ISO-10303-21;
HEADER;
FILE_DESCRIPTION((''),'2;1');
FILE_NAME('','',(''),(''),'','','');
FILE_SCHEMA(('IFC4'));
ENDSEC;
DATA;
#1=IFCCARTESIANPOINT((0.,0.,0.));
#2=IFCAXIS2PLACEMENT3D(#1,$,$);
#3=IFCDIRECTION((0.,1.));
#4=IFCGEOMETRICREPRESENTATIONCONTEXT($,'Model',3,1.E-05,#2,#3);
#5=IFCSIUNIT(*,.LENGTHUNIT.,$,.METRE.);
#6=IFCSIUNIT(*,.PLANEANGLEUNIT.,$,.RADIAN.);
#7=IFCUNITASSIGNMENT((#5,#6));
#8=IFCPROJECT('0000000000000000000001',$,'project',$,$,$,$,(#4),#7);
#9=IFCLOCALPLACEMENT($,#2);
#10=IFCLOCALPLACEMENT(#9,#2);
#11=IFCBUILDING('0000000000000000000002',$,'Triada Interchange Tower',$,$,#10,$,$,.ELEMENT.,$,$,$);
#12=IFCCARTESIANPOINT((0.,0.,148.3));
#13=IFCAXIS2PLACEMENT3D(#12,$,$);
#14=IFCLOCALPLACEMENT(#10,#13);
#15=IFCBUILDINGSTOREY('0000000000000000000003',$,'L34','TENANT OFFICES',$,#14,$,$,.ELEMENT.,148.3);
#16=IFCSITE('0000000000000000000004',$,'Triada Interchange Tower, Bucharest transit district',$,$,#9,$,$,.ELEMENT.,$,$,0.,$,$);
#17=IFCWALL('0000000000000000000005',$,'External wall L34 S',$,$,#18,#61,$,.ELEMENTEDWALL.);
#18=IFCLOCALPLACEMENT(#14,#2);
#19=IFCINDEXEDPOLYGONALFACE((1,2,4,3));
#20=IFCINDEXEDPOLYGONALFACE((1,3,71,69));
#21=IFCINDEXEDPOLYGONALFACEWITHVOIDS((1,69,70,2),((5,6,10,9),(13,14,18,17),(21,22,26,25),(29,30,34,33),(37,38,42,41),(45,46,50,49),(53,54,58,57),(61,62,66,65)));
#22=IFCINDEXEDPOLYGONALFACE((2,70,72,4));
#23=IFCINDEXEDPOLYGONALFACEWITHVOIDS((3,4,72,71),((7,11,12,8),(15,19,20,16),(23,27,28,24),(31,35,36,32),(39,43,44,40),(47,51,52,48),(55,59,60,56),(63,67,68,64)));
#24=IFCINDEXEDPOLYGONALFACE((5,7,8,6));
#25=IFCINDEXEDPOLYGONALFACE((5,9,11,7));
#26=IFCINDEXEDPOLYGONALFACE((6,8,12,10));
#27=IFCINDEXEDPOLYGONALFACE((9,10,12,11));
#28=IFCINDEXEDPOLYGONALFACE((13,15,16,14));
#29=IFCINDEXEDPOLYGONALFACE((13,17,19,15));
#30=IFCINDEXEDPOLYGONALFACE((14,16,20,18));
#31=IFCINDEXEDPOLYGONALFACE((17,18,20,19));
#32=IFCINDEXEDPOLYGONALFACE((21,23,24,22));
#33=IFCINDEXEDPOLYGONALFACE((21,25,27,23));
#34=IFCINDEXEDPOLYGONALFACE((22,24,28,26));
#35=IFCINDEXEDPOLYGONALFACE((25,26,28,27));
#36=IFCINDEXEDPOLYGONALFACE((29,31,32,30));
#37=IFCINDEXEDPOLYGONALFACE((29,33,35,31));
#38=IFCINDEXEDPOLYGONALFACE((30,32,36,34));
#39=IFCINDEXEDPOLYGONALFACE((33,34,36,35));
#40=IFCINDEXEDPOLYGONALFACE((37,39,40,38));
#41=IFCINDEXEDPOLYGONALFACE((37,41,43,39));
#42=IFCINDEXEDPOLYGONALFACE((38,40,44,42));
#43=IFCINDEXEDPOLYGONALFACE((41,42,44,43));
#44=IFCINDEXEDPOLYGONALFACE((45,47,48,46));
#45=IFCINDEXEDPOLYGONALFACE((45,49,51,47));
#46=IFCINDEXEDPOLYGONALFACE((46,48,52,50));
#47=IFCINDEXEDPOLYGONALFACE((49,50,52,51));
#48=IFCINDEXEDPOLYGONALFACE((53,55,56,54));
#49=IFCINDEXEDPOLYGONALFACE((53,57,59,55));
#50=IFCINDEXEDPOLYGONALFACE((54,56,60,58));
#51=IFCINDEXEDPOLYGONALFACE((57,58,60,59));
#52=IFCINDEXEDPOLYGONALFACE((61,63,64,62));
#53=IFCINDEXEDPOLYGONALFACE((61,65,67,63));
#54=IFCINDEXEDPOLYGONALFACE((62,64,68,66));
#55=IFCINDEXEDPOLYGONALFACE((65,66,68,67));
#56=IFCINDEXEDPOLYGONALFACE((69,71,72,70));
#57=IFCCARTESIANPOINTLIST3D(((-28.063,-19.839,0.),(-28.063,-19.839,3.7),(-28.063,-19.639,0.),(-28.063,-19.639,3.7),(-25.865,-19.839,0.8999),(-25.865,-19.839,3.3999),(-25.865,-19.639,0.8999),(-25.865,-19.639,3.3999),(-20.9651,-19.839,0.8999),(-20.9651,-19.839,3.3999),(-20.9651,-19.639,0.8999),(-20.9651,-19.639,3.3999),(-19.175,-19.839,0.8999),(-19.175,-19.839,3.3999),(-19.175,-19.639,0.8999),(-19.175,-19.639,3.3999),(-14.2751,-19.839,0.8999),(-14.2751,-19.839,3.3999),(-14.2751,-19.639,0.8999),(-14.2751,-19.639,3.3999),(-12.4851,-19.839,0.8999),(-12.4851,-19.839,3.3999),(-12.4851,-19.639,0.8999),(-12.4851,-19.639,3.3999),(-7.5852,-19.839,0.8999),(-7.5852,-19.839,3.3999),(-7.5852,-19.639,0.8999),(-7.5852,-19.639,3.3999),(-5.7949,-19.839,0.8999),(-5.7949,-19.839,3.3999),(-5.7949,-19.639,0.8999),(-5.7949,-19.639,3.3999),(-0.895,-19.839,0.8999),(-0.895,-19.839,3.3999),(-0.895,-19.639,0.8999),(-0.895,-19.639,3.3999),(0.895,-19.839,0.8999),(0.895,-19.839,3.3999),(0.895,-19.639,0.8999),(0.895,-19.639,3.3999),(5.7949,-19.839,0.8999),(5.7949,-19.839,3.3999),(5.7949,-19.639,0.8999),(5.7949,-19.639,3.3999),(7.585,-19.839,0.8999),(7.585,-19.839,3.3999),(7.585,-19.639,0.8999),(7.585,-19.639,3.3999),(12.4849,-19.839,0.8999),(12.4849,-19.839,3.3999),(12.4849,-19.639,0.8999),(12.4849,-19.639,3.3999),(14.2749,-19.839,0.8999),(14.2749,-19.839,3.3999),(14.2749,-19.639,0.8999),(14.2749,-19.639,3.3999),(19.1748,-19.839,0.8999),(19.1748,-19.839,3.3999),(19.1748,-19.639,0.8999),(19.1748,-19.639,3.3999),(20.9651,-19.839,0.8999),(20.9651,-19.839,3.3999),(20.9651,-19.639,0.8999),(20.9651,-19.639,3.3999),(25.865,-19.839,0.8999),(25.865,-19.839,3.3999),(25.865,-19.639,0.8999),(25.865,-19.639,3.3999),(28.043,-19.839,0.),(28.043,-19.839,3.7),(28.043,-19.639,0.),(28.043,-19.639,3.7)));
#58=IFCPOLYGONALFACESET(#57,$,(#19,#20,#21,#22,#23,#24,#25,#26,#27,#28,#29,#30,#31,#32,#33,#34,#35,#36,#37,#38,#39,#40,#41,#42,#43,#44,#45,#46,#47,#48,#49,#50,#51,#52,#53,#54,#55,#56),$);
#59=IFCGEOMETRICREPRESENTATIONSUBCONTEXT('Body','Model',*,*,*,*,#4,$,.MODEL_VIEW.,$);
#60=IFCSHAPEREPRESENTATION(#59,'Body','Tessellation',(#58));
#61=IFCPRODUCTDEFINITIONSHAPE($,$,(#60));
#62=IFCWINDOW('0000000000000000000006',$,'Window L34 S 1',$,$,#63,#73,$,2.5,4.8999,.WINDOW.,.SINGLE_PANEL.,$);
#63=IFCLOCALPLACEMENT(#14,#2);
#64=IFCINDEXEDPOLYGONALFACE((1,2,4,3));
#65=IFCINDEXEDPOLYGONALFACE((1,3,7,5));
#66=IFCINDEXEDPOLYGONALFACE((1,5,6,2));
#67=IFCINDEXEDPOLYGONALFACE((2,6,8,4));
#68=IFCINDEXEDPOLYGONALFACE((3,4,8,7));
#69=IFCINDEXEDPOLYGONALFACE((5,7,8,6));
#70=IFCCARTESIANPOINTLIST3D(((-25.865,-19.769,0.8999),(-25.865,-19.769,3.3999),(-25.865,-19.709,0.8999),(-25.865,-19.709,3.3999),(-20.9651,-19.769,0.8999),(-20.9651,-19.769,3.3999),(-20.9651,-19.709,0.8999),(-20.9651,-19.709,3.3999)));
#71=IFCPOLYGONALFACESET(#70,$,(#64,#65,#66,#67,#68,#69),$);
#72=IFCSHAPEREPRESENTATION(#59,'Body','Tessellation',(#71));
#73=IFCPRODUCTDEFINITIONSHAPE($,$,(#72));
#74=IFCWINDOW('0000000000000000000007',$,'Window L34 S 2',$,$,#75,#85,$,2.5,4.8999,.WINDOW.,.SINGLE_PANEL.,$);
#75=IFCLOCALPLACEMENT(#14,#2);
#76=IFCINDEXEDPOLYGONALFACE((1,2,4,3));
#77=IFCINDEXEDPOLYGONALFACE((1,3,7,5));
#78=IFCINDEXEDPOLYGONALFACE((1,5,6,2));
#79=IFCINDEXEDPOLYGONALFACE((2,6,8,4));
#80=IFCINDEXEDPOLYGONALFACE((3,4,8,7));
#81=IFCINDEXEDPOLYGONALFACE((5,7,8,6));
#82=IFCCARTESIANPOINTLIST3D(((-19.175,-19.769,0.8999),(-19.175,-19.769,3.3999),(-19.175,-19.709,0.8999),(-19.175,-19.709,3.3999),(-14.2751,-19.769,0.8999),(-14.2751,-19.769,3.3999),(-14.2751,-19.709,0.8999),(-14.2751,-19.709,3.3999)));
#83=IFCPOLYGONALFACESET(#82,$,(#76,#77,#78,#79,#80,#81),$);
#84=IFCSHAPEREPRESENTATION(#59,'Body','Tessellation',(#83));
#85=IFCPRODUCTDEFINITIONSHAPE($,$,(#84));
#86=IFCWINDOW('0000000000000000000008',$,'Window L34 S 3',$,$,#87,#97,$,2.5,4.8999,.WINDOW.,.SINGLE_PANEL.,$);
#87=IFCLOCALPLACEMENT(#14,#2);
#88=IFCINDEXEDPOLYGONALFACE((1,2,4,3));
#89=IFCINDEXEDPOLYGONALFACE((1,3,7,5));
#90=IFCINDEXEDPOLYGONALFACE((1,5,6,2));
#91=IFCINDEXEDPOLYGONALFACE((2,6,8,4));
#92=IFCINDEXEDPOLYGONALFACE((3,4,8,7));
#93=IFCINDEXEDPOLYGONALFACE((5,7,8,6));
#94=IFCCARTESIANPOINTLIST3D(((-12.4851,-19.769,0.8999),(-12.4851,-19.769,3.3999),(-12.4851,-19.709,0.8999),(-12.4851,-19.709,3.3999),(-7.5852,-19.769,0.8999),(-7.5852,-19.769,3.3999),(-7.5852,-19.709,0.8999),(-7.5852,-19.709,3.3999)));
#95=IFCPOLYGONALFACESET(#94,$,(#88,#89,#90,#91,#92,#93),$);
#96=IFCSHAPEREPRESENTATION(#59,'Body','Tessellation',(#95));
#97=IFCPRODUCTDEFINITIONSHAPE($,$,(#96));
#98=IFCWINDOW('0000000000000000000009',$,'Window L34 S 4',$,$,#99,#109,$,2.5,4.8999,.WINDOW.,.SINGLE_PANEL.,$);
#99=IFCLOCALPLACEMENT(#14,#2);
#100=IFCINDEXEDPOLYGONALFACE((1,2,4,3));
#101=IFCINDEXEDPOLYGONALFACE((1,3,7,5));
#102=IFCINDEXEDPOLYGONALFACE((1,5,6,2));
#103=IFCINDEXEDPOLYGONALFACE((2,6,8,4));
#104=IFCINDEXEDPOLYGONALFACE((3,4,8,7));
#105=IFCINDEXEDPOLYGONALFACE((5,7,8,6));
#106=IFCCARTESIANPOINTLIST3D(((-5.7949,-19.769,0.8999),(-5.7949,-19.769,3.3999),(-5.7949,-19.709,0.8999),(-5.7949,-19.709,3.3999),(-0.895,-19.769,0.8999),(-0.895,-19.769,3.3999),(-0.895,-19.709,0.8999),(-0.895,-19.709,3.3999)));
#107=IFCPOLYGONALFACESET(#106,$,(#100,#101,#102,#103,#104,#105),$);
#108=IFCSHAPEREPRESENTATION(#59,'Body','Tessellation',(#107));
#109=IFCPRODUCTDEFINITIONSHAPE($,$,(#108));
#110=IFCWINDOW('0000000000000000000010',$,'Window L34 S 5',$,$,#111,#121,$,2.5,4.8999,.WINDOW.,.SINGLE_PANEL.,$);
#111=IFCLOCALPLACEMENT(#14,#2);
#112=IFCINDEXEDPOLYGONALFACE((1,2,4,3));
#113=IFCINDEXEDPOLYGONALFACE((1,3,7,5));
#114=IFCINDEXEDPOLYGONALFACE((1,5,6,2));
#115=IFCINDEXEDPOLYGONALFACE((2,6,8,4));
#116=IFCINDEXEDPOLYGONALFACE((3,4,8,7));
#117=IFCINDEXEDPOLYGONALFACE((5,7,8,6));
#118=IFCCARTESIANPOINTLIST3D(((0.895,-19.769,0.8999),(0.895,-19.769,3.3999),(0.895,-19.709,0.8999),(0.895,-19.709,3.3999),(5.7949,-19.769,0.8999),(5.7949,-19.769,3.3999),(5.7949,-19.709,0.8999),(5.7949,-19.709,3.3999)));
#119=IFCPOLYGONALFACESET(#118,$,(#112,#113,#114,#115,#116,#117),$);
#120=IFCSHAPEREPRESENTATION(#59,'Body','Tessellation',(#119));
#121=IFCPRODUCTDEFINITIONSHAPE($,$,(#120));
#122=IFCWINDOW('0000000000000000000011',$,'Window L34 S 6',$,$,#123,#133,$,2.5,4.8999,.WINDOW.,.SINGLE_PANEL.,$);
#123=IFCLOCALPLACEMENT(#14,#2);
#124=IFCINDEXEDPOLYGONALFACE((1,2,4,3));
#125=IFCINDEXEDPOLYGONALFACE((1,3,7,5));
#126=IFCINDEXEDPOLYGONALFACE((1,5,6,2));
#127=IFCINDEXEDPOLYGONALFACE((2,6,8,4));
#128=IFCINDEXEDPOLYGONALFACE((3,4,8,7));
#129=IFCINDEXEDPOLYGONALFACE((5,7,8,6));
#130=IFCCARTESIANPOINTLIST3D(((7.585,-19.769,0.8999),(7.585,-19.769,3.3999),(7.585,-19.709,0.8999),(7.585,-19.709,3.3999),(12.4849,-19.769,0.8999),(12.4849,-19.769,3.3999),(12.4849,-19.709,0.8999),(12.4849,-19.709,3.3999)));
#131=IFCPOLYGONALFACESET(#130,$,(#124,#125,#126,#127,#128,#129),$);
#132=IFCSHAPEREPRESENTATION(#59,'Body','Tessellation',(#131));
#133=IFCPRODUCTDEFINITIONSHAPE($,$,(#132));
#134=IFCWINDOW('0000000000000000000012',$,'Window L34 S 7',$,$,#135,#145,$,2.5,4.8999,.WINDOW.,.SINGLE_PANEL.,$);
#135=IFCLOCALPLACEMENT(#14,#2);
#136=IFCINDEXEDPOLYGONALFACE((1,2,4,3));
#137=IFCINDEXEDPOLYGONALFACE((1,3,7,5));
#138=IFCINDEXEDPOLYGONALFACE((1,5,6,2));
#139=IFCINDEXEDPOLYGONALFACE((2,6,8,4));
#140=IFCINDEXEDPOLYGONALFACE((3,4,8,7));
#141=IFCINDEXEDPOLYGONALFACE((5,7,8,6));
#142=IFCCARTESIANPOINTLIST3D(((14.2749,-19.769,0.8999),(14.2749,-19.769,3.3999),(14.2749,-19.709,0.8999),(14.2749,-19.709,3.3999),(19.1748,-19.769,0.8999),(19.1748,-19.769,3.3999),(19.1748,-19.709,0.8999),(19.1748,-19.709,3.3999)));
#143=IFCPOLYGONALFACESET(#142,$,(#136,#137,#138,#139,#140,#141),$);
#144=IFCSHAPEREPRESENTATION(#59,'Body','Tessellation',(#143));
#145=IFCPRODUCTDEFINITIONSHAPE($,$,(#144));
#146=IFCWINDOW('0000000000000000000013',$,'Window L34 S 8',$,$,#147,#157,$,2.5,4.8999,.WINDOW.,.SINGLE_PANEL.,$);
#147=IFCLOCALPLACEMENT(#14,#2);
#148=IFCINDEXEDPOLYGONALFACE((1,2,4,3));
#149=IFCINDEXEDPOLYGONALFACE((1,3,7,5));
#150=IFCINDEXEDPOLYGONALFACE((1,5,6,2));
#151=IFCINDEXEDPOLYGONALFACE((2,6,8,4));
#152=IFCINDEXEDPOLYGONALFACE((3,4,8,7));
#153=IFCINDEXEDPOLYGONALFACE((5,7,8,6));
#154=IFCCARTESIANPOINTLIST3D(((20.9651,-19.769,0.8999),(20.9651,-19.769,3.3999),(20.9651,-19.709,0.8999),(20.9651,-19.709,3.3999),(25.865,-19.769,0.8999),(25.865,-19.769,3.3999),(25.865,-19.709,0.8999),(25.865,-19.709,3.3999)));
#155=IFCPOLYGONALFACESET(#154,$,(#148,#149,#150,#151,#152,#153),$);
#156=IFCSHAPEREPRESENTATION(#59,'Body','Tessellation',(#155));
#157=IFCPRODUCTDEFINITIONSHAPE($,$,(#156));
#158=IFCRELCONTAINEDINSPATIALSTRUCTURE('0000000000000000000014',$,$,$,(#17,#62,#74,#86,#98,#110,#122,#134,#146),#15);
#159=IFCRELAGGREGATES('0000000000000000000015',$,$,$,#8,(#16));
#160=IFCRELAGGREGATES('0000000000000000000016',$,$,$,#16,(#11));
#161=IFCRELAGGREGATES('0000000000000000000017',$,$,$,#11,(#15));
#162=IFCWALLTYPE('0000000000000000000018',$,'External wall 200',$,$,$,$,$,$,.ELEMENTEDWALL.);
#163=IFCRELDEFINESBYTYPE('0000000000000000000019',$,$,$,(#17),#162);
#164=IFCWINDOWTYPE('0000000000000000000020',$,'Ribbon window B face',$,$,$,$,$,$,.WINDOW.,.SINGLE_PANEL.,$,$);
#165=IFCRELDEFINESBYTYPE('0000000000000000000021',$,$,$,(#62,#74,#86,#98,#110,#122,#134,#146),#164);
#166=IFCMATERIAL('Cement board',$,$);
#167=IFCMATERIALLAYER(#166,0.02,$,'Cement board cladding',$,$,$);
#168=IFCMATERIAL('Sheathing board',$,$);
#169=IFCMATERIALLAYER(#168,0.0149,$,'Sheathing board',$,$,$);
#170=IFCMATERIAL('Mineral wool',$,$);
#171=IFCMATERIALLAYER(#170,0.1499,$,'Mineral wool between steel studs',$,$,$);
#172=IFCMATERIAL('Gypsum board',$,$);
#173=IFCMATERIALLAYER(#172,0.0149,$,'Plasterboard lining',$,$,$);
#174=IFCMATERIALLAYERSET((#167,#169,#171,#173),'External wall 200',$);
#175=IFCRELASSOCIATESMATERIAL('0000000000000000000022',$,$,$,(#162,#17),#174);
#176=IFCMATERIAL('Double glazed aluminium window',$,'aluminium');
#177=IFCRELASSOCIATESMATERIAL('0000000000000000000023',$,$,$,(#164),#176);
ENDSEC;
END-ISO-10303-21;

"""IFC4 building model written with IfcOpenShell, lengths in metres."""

from ifc_helpers import new_model, si_unit, direction, frame, frame_2d, origin, place, context, subcontext, project, spatial, rectangle, extrude, material, layer, layer_set, layer_usage, type_object, element, fill, save


model = new_model("IFC4")

# Units and contexts
model_context = context("Model", 3, precision=1e-05, world=origin(), true_north=direction((0.0, 1.0)))
body_context = subcontext(model_context, "Body", "Model", "MODEL_VIEW")
ifc_project = project(units=[si_unit("LENGTHUNIT", "METRE"), si_unit("PLANEANGLEUNIT", "RADIAN")], contexts=[model_context])

# Site, building, storey
site_placement = place(None, origin())
site = spatial("IfcSite", under=ifc_project, at=site_placement, Name="Triada Interchange Tower, Bucharest transit district", CompositionType="ELEMENT", RefElevation=0.0)
building_placement = place(site_placement, origin())
building = spatial("IfcBuilding", under=site, at=building_placement, Name="Triada Interchange Tower", CompositionType="ELEMENT")
storey_placement = place(building_placement, frame((0.0, 0.0, 148.3)))
storey = spatial("IfcBuildingStorey", under=building, at=storey_placement, Name="L34", Description="TENANT OFFICES", CompositionType="ELEMENT", Elevation=148.3)

# Shared definitions
ifc_material_1 = material(Name="Cement board")
ifc_layer_1 = layer(ifc_material_1, 0.02, Name="Cement board cladding")
ifc_material_2 = material(Name="Sheathing board")
ifc_layer_2 = layer(ifc_material_2, 0.0149, Name="Sheathing board")
ifc_material_3 = material(Name="Mineral wool")
ifc_layer_3 = layer(ifc_material_3, 0.1499, Name="Mineral wool between steel studs")
ifc_material_4 = material(Name="Gypsum board")
ifc_layer_4 = layer(ifc_material_4, 0.0149, Name="Plasterboard lining")
ifc_layer_set_1 = layer_set([ifc_layer_1, ifc_layer_2, ifc_layer_3, ifc_layer_4], Name="External wall 200")
ifc_layer_usage = layer_usage(ifc_layer_set_1, "AXIS2", "POSITIVE", -0.1001)
wall_type_1 = type_object("IfcWallType", Name="External wall 200", PredefinedType="ELEMENTEDWALL", material=ifc_layer_set_1)
ifc_material_5 = material(Name="Double glazed aluminium window", Category="aluminium")

# Wall, openings, windows
wall_1_placement = place(storey_placement, frame((-28.063, -19.739, 0.0), z_axis=(0.0, 0.0, 1.0), x_axis=(1.0, 0.0, 0.0)))
wall_1 = element("IfcWall", 1, at=wall_1_placement, inside=storey, type_object=wall_type_1, material=ifc_layer_usage, Name="External wall L34 S", PredefinedType="ELEMENTEDWALL", context=body_context, shape_type="SweptSolid", body=[
    extrude(rectangle(XDim=56.106, YDim=0.2, at=frame_2d((28.053, 0.0))), origin(), (0.0, 0.0, 1.0), 3.7),
])
opening_1_placement = place(wall_1_placement, frame((2.198, 0.0, 0.8999)))
opening_1 = element("IfcOpeningElement", 2, at=opening_1_placement, cuts=wall_1, PredefinedType="OPENING", context=body_context, shape_type="SweptSolid", body=[
    extrude(rectangle(XDim=4.8999, YDim=2.5, at=frame_2d((2.45, 1.25))), frame((0.0, 0.1099, 0.0), z_axis=(0.0, -1.0, 0.0), x_axis=(1.0, 0.0, 0.0)), (0.0, 0.0, 1.0), 0.22),
])
opening_2_placement = place(wall_1_placement, frame((8.8879, 0.0, 0.8999)))
opening_2 = element("IfcOpeningElement", 3, at=opening_2_placement, cuts=wall_1, PredefinedType="OPENING", context=body_context, shape_type="SweptSolid", body=[
    extrude(rectangle(XDim=4.8999, YDim=2.5, at=frame_2d((2.45, 1.25))), frame((0.0, 0.1099, 0.0), z_axis=(0.0, -1.0, 0.0), x_axis=(1.0, 0.0, 0.0)), (0.0, 0.0, 1.0), 0.22),
])
opening_3_placement = place(wall_1_placement, frame((15.5779, 0.0, 0.8999)))
opening_3 = element("IfcOpeningElement", 4, at=opening_3_placement, cuts=wall_1, PredefinedType="OPENING", context=body_context, shape_type="SweptSolid", body=[
    extrude(rectangle(XDim=4.8999, YDim=2.5, at=frame_2d((2.45, 1.25))), frame((0.0, 0.1099, 0.0), z_axis=(0.0, -1.0, 0.0), x_axis=(1.0, 0.0, 0.0)), (0.0, 0.0, 1.0), 0.22),
])
opening_4_placement = place(wall_1_placement, frame((22.2681, 0.0, 0.8999)))
opening_4 = element("IfcOpeningElement", 5, at=opening_4_placement, cuts=wall_1, PredefinedType="OPENING", context=body_context, shape_type="SweptSolid", body=[
    extrude(rectangle(XDim=4.8999, YDim=2.5, at=frame_2d((2.45, 1.25))), frame((0.0, 0.1099, 0.0), z_axis=(0.0, -1.0, 0.0), x_axis=(1.0, 0.0, 0.0)), (0.0, 0.0, 1.0), 0.22),
])
opening_5_placement = place(wall_1_placement, frame((28.958, 0.0, 0.8999)))
opening_5 = element("IfcOpeningElement", 6, at=opening_5_placement, cuts=wall_1, PredefinedType="OPENING", context=body_context, shape_type="SweptSolid", body=[
    extrude(rectangle(XDim=4.8999, YDim=2.5, at=frame_2d((2.45, 1.25))), frame((0.0, 0.1099, 0.0), z_axis=(0.0, -1.0, 0.0), x_axis=(1.0, 0.0, 0.0)), (0.0, 0.0, 1.0), 0.22),
])
opening_6_placement = place(wall_1_placement, frame((35.6479, 0.0, 0.8999)))
opening_6 = element("IfcOpeningElement", 7, at=opening_6_placement, cuts=wall_1, PredefinedType="OPENING", context=body_context, shape_type="SweptSolid", body=[
    extrude(rectangle(XDim=4.8999, YDim=2.5, at=frame_2d((2.45, 1.25))), frame((0.0, 0.1099, 0.0), z_axis=(0.0, -1.0, 0.0), x_axis=(1.0, 0.0, 0.0)), (0.0, 0.0, 1.0), 0.22),
])
opening_7_placement = place(wall_1_placement, frame((42.3379, 0.0, 0.8999)))
opening_7 = element("IfcOpeningElement", 8, at=opening_7_placement, cuts=wall_1, PredefinedType="OPENING", context=body_context, shape_type="SweptSolid", body=[
    extrude(rectangle(XDim=4.8999, YDim=2.5, at=frame_2d((2.45, 1.25))), frame((0.0, 0.1099, 0.0), z_axis=(0.0, -1.0, 0.0), x_axis=(1.0, 0.0, 0.0)), (0.0, 0.0, 1.0), 0.22),
])
opening_8_placement = place(wall_1_placement, frame((49.0281, 0.0, 0.8999)))
opening_8 = element("IfcOpeningElement", 9, at=opening_8_placement, cuts=wall_1, PredefinedType="OPENING", context=body_context, shape_type="SweptSolid", body=[
    extrude(rectangle(XDim=4.8999, YDim=2.5, at=frame_2d((2.45, 1.25))), frame((0.0, 0.1099, 0.0), z_axis=(0.0, -1.0, 0.0), x_axis=(1.0, 0.0, 0.0)), (0.0, 0.0, 1.0), 0.22),
])
window_type_1 = type_object("IfcWindowType", Name="Ribbon window B face", PartitioningType="SINGLE_PANEL", PredefinedType="WINDOW", material=ifc_material_5)
window_1_placement = place(opening_1_placement, origin())
window_1 = element("IfcWindow", 10, at=window_1_placement, inside=storey, type_object=window_type_1, Name="Window L34 S 1", OverallHeight=2.5, OverallWidth=4.8999, PartitioningType="SINGLE_PANEL", PredefinedType="WINDOW", context=body_context, shape_type="SweptSolid", body=[
    extrude(rectangle(XDim=4.8999, YDim=2.5, at=frame_2d((2.45, 1.25))), frame((0.0, 0.03, 0.0), z_axis=(0.0, -1.0, 0.0), x_axis=(1.0, 0.0, 0.0)), (0.0, 0.0, 1.0), 0.0601),
])
fill(opening_1, window_1)
window_2_placement = place(opening_2_placement, origin())
window_2 = element("IfcWindow", 11, at=window_2_placement, inside=storey, type_object=window_type_1, Name="Window L34 S 2", OverallHeight=2.5, OverallWidth=4.8999, PartitioningType="SINGLE_PANEL", PredefinedType="WINDOW", context=body_context, shape_type="SweptSolid", body=[
    extrude(rectangle(XDim=4.8999, YDim=2.5, at=frame_2d((2.45, 1.25))), frame((0.0, 0.03, 0.0), z_axis=(0.0, -1.0, 0.0), x_axis=(1.0, 0.0, 0.0)), (0.0, 0.0, 1.0), 0.0601),
])
fill(opening_2, window_2)
window_3_placement = place(opening_3_placement, origin())
window_3 = element("IfcWindow", 12, at=window_3_placement, inside=storey, type_object=window_type_1, Name="Window L34 S 3", OverallHeight=2.5, OverallWidth=4.8999, PartitioningType="SINGLE_PANEL", PredefinedType="WINDOW", context=body_context, shape_type="SweptSolid", body=[
    extrude(rectangle(XDim=4.8999, YDim=2.5, at=frame_2d((2.45, 1.25))), frame((0.0, 0.03, 0.0), z_axis=(0.0, -1.0, 0.0), x_axis=(1.0, 0.0, 0.0)), (0.0, 0.0, 1.0), 0.0601),
])
fill(opening_3, window_3)
window_4_placement = place(opening_4_placement, origin())
window_4 = element("IfcWindow", 13, at=window_4_placement, inside=storey, type_object=window_type_1, Name="Window L34 S 4", OverallHeight=2.5, OverallWidth=4.8999, PartitioningType="SINGLE_PANEL", PredefinedType="WINDOW", context=body_context, shape_type="SweptSolid", body=[
    extrude(rectangle(XDim=4.8999, YDim=2.5, at=frame_2d((2.45, 1.25))), frame((0.0, 0.03, 0.0), z_axis=(0.0, -1.0, 0.0), x_axis=(1.0, 0.0, 0.0)), (0.0, 0.0, 1.0), 0.0601),
])
fill(opening_4, window_4)
window_5_placement = place(opening_5_placement, origin())
window_5 = element("IfcWindow", 14, at=window_5_placement, inside=storey, type_object=window_type_1, Name="Window L34 S 5", OverallHeight=2.5, OverallWidth=4.8999, PartitioningType="SINGLE_PANEL", PredefinedType="WINDOW", context=body_context, shape_type="SweptSolid", body=[
    extrude(rectangle(XDim=4.8999, YDim=2.5, at=frame_2d((2.45, 1.25))), frame((0.0, 0.03, 0.0), z_axis=(0.0, -1.0, 0.0), x_axis=(1.0, 0.0, 0.0)), (0.0, 0.0, 1.0), 0.0601),
])
fill(opening_5, window_5)
window_6_placement = place(opening_6_placement, origin())
window_6 = element("IfcWindow", 15, at=window_6_placement, inside=storey, type_object=window_type_1, Name="Window L34 S 6", OverallHeight=2.5, OverallWidth=4.8999, PartitioningType="SINGLE_PANEL", PredefinedType="WINDOW", context=body_context, shape_type="SweptSolid", body=[
    extrude(rectangle(XDim=4.8999, YDim=2.5, at=frame_2d((2.45, 1.25))), frame((0.0, 0.03, 0.0), z_axis=(0.0, -1.0, 0.0), x_axis=(1.0, 0.0, 0.0)), (0.0, 0.0, 1.0), 0.0601),
])
fill(opening_6, window_6)
window_7_placement = place(opening_7_placement, origin())
window_7 = element("IfcWindow", 16, at=window_7_placement, inside=storey, type_object=window_type_1, Name="Window L34 S 7", OverallHeight=2.5, OverallWidth=4.8999, PartitioningType="SINGLE_PANEL", PredefinedType="WINDOW", context=body_context, shape_type="SweptSolid", body=[
    extrude(rectangle(XDim=4.8999, YDim=2.5, at=frame_2d((2.45, 1.25))), frame((0.0, 0.03, 0.0), z_axis=(0.0, -1.0, 0.0), x_axis=(1.0, 0.0, 0.0)), (0.0, 0.0, 1.0), 0.0601),
])
fill(opening_7, window_7)
window_8_placement = place(opening_8_placement, origin())
window_8 = element("IfcWindow", 17, at=window_8_placement, inside=storey, type_object=window_type_1, Name="Window L34 S 8", OverallHeight=2.5, OverallWidth=4.8999, PartitioningType="SINGLE_PANEL", PredefinedType="WINDOW", context=body_context, shape_type="SweptSolid", body=[
    extrude(rectangle(XDim=4.8999, YDim=2.5, at=frame_2d((2.45, 1.25))), frame((0.0, 0.03, 0.0), z_axis=(0.0, -1.0, 0.0), x_axis=(1.0, 0.0, 0.0)), (0.0, 0.0, 1.0), 0.0601),
])
fill(opening_8, window_8)

save(model, "model.ifc")
